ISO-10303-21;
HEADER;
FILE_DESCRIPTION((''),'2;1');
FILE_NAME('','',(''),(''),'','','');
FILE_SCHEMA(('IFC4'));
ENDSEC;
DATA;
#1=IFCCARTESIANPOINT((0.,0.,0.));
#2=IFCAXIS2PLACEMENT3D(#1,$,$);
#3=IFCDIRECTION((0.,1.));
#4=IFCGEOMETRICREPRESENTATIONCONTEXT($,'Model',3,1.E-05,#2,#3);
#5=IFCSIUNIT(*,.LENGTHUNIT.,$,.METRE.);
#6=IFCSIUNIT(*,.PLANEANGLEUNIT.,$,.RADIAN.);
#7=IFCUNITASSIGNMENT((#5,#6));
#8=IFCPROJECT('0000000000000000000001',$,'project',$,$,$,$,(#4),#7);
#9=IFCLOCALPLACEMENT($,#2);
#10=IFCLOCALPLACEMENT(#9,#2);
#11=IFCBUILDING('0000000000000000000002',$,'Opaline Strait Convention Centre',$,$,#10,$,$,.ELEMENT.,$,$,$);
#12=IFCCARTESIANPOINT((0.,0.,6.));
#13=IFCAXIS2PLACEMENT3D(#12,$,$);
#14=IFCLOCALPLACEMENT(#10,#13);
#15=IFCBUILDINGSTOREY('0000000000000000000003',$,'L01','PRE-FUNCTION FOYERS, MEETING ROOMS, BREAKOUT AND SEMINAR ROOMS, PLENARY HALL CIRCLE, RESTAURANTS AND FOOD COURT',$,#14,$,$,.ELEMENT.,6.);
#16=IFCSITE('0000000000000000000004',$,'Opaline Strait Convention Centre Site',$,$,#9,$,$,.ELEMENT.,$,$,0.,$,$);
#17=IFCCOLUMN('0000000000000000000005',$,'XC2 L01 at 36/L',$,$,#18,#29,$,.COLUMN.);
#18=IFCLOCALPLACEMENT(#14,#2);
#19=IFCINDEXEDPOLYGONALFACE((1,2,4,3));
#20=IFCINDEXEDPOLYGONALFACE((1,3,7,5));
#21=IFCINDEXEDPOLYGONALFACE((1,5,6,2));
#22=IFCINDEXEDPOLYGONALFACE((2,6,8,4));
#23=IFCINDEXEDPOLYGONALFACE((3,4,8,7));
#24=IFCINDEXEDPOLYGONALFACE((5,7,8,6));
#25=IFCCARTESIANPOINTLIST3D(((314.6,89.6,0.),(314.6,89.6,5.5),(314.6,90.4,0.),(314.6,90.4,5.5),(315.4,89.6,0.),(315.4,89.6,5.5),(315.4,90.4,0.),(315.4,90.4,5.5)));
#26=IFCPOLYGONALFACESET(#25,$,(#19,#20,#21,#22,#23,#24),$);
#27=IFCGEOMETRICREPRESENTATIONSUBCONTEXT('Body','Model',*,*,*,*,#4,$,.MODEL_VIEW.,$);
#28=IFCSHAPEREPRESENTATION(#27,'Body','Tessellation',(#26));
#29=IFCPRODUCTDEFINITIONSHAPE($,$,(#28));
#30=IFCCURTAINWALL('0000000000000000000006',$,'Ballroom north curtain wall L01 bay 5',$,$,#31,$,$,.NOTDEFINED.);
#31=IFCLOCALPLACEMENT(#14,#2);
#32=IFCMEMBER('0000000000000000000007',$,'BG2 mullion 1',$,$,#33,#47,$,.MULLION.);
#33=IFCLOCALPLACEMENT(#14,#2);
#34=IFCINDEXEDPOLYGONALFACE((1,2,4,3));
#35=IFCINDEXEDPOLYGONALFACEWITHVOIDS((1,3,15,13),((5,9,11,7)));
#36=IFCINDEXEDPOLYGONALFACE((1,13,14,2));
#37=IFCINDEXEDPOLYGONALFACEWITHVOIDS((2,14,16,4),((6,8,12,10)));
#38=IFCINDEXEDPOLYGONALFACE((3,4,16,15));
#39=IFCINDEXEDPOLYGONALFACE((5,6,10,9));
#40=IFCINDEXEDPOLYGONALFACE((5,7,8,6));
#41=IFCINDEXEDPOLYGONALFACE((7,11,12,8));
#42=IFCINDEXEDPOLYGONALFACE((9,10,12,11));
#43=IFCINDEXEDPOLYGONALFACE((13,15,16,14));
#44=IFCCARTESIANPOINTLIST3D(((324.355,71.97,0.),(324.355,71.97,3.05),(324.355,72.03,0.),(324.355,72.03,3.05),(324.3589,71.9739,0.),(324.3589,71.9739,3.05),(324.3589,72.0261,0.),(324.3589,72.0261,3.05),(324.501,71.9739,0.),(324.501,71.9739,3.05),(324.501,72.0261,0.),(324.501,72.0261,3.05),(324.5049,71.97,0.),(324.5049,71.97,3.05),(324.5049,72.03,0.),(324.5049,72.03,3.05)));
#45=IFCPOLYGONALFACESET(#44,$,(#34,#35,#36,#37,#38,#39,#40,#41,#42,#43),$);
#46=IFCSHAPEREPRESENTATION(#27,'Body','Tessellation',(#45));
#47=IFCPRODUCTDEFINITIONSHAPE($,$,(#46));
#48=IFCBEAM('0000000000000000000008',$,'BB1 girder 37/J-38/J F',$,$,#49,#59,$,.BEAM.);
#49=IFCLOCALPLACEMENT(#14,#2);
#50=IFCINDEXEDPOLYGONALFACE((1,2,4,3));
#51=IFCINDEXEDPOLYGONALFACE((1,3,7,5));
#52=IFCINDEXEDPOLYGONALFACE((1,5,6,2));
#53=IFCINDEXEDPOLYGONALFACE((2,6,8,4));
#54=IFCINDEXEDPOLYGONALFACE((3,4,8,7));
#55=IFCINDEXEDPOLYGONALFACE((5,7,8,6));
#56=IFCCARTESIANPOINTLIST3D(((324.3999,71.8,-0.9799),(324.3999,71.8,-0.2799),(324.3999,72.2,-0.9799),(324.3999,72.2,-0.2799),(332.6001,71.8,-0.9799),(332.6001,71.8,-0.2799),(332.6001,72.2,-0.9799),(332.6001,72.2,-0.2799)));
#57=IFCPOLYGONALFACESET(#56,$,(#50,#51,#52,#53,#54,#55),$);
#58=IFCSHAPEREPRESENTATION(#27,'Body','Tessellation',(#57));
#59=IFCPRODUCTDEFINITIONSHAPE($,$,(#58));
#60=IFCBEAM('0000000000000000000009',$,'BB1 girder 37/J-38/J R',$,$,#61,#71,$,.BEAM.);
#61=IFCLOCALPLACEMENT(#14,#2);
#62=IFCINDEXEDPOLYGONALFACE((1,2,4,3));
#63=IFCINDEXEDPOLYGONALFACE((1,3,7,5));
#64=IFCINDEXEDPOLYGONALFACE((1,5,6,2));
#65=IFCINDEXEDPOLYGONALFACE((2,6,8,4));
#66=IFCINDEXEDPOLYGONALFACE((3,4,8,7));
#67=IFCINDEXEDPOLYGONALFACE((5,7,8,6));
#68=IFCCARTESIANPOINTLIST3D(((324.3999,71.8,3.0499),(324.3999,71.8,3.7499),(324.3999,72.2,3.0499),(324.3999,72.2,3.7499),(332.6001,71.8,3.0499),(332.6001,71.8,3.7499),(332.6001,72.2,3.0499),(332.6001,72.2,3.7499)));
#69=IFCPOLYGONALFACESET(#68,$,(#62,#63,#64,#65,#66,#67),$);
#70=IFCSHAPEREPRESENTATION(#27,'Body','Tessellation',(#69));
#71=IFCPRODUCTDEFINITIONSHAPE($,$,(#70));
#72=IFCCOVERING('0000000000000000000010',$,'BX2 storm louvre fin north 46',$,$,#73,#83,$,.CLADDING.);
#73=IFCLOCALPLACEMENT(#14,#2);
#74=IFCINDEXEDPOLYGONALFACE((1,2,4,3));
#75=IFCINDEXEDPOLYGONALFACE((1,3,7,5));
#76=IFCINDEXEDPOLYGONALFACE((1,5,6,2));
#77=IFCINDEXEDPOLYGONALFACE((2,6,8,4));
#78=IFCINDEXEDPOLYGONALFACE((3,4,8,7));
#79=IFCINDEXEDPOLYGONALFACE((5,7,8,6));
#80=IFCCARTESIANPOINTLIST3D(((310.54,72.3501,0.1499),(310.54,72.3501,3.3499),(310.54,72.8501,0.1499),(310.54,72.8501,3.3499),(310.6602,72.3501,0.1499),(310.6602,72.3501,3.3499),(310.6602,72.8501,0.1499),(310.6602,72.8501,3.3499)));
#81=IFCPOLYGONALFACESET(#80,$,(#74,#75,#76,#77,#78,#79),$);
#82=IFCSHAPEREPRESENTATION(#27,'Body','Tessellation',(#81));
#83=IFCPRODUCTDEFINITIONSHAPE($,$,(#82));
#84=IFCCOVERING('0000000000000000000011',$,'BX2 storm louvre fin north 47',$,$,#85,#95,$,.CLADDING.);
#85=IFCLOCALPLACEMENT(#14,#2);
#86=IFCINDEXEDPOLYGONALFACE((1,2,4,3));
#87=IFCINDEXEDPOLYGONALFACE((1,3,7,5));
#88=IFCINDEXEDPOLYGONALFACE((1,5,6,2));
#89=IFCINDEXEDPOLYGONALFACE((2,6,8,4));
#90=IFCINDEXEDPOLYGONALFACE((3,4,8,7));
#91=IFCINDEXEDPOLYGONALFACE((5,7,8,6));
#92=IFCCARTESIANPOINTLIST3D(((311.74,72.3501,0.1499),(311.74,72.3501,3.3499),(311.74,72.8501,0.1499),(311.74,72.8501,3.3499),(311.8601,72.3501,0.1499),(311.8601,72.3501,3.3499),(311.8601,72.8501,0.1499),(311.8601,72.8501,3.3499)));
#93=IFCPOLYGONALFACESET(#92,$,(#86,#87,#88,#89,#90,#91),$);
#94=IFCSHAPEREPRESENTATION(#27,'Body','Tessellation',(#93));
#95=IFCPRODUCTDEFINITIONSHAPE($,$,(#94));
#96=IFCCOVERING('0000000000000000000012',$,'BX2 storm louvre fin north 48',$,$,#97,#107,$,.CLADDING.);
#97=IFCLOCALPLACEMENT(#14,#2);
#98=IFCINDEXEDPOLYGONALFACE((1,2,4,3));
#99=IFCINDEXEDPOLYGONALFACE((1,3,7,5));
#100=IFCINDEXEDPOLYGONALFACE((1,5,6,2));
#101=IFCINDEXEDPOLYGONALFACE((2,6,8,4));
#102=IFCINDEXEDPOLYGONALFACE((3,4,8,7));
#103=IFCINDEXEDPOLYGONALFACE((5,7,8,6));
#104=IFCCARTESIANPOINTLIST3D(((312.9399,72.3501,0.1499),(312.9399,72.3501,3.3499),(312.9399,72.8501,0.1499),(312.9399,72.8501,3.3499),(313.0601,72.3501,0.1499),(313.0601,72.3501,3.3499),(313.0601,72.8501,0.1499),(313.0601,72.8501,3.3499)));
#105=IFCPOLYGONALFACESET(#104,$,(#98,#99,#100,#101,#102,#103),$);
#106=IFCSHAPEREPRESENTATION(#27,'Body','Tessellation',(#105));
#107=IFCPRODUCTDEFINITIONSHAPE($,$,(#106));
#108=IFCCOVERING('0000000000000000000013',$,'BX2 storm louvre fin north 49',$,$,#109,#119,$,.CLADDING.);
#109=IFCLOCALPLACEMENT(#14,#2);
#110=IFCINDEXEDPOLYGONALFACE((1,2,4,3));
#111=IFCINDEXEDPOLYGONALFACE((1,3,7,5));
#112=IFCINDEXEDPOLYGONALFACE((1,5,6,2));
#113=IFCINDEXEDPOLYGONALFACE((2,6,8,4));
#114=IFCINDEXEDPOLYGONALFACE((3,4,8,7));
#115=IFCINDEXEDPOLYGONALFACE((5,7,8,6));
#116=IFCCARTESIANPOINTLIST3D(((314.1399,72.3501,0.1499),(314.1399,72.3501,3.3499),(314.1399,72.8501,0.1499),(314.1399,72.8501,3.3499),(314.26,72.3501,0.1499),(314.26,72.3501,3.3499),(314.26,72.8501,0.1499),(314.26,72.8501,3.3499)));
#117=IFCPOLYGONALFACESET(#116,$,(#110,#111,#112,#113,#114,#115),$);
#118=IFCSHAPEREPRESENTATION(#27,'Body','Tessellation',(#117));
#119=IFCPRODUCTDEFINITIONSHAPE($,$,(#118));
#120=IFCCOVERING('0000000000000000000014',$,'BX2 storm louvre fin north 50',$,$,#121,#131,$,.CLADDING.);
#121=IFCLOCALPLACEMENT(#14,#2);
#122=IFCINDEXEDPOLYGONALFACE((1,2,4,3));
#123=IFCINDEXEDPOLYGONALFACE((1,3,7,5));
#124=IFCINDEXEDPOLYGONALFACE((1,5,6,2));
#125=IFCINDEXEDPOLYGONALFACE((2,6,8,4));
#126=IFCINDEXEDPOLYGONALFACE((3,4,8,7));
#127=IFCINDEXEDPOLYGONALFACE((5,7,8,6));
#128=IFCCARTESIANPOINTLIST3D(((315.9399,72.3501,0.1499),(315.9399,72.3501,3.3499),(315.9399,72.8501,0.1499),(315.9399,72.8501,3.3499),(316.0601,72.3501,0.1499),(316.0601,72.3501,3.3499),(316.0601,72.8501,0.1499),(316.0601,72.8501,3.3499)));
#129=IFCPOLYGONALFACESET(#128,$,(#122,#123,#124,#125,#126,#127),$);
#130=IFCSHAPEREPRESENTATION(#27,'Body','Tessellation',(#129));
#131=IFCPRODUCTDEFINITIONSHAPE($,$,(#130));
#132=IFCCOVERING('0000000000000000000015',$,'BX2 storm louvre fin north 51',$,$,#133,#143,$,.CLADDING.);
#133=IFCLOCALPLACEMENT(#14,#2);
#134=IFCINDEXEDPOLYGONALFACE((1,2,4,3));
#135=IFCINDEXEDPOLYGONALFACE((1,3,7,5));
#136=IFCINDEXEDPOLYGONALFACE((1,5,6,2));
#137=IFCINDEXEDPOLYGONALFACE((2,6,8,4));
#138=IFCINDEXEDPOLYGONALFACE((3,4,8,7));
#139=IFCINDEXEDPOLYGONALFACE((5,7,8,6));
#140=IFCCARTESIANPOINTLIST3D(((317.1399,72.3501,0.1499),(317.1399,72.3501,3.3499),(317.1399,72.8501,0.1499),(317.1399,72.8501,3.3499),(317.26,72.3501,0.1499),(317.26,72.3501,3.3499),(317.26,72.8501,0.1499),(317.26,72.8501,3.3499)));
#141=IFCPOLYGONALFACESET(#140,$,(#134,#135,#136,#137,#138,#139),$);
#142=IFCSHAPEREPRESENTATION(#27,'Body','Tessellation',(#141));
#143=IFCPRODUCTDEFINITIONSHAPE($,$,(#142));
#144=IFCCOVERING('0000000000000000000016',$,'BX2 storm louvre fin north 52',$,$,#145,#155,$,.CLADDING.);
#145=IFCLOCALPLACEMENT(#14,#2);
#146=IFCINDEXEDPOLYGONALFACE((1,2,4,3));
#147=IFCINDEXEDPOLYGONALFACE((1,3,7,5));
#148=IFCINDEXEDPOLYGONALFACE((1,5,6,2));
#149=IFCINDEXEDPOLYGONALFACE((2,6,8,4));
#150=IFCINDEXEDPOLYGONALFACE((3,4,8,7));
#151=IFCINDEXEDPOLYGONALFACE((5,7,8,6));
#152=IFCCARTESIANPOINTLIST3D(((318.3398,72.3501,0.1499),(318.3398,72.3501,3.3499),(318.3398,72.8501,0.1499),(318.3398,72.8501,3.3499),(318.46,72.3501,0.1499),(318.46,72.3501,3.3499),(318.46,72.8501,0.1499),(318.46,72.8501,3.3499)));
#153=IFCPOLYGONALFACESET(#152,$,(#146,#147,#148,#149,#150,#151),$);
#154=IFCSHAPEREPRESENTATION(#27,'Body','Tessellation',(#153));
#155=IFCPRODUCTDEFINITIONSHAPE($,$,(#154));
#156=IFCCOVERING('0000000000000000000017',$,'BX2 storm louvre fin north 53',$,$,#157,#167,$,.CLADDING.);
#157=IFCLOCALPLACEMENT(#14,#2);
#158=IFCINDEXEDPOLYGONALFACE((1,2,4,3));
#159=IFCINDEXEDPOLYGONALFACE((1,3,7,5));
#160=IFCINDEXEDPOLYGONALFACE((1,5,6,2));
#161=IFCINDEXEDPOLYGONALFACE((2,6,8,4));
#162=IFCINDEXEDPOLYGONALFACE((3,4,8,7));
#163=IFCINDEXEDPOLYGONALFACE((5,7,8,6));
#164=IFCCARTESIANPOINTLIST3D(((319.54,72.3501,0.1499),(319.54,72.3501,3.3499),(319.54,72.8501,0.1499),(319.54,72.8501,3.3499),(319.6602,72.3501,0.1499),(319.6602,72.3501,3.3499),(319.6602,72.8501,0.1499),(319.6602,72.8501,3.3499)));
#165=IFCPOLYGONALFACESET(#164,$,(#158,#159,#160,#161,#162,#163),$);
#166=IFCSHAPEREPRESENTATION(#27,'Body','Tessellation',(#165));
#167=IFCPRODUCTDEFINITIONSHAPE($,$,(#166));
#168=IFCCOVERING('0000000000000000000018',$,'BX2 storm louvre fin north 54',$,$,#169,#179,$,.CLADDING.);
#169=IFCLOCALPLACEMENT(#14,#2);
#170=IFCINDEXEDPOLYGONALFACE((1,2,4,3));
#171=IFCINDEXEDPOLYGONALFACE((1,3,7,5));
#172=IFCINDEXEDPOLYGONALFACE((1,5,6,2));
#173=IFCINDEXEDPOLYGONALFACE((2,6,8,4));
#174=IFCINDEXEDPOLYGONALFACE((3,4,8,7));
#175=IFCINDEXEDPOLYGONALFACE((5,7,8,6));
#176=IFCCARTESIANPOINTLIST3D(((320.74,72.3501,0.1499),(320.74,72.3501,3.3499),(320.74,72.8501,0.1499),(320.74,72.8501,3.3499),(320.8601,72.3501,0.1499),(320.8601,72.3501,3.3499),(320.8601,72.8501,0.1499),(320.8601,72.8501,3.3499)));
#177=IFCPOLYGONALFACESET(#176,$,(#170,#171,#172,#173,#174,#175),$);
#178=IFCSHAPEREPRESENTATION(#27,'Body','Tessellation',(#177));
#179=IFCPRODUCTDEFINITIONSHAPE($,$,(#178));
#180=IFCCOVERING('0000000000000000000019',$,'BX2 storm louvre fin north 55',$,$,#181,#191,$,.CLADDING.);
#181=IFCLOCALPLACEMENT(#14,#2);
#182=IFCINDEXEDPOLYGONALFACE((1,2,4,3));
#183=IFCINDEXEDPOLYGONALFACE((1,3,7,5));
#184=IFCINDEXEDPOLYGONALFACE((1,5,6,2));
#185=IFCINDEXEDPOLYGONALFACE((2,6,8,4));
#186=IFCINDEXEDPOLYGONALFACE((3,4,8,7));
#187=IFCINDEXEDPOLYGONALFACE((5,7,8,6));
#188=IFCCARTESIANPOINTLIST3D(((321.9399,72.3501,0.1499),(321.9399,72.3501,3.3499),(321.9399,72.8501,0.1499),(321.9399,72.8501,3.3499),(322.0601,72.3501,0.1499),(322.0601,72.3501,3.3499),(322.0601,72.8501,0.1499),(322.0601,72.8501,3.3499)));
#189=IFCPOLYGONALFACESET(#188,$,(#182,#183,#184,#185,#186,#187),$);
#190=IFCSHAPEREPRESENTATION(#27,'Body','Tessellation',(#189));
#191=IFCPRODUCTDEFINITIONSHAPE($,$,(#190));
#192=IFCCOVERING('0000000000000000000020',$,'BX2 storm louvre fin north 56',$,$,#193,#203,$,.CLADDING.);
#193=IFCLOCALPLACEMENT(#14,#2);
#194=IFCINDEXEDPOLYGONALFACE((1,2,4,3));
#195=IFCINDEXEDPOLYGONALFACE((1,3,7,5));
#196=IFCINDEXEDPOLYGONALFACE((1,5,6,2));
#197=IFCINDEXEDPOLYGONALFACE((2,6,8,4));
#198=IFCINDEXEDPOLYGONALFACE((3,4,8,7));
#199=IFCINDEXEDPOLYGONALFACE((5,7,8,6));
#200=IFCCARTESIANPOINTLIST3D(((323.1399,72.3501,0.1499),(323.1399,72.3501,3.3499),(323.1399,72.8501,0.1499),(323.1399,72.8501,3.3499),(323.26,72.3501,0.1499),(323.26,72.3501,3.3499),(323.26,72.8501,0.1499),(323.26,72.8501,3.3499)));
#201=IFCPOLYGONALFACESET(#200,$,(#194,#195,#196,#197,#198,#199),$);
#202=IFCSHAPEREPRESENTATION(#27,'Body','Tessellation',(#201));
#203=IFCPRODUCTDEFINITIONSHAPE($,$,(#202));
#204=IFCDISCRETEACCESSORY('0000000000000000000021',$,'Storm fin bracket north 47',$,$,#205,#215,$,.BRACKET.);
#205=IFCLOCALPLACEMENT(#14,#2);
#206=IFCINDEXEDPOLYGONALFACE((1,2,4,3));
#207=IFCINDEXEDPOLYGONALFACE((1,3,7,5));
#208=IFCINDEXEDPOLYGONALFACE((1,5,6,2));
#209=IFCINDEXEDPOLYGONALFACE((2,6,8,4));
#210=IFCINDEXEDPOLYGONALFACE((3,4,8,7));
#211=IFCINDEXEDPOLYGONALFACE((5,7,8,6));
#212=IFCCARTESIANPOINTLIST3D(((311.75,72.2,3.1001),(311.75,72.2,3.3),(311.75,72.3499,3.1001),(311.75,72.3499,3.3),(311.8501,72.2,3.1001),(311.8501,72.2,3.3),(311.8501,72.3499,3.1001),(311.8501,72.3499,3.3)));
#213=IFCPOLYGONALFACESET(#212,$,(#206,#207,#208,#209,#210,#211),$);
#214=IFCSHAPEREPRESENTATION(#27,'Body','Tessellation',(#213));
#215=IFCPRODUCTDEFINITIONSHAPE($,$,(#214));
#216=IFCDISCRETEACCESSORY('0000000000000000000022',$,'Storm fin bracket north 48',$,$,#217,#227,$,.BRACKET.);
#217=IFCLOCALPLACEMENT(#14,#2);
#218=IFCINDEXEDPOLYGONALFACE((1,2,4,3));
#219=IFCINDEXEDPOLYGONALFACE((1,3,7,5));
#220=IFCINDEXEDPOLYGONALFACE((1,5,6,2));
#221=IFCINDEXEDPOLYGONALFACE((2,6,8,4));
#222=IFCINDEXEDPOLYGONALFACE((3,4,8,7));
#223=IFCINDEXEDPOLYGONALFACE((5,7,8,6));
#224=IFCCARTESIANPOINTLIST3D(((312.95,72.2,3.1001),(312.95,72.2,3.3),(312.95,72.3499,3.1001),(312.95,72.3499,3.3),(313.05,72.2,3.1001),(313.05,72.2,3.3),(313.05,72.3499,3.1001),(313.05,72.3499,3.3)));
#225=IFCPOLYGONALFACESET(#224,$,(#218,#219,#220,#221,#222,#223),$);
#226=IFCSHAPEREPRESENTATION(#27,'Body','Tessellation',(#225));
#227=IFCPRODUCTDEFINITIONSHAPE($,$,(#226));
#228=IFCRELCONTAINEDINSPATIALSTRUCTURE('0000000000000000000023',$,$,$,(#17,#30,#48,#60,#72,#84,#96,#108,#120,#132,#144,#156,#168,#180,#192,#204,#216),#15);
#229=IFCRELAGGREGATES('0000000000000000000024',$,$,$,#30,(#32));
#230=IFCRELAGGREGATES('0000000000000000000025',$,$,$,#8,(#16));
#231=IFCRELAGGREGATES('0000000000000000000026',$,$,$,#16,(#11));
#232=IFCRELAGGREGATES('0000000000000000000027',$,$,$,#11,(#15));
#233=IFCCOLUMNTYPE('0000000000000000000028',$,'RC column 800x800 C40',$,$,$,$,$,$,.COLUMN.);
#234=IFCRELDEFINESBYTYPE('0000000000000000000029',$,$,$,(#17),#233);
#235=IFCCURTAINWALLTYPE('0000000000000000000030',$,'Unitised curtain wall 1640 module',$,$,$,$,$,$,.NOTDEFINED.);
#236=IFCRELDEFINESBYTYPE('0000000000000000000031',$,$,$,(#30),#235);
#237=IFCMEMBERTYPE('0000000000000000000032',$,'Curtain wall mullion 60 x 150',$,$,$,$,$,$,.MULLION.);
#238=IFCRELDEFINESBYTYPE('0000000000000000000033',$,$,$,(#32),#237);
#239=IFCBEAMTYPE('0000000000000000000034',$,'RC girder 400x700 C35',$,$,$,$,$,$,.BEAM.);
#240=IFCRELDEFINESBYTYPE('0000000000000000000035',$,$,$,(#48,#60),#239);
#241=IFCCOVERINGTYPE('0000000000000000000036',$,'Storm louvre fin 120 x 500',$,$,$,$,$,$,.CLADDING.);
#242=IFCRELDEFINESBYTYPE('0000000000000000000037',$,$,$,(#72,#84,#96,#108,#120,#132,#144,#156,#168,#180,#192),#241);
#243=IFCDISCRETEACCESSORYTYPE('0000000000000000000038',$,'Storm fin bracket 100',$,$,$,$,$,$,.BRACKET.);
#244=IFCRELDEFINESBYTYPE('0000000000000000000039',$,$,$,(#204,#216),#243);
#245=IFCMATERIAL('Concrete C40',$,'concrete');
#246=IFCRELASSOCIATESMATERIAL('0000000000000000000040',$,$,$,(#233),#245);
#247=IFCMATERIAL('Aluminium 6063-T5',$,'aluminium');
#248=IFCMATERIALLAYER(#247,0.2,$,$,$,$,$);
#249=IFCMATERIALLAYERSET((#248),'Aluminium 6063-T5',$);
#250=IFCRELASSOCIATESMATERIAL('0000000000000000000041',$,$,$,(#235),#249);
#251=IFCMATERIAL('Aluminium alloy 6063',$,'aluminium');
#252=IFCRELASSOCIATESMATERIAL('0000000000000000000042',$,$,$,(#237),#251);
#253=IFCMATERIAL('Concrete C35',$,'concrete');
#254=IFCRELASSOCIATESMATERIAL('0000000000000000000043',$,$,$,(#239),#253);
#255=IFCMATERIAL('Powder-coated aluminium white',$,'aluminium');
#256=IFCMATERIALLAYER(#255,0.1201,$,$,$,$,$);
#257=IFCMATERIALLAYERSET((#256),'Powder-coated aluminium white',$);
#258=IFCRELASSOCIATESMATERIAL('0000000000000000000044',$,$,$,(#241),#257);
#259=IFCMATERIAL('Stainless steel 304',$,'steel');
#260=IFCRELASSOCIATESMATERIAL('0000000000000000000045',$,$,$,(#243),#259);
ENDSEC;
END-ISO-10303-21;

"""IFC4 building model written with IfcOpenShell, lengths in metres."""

from ifc_helpers import new_model, si_unit, direction, frame, origin, origin_2d, place, context, subcontext, project, spatial, rectangle, hollow_rectangle, extrude, material, layer, layer_set, material_profile, profile_set, type_object, element, aggregate, save


model = new_model("IFC4")

# Units and contexts
model_context = context("Model", 3, precision=1e-05, world=origin(), true_north=direction((0.0, 1.0)))
body_context = subcontext(model_context, "Body", "Model", "MODEL_VIEW")
ifc_project = project(units=[si_unit("LENGTHUNIT", "METRE"), si_unit("PLANEANGLEUNIT", "RADIAN")], contexts=[model_context])

# Site, building, storey
site_placement = place(None, origin())
site = spatial("IfcSite", under=ifc_project, at=site_placement, Name="Opaline Strait Convention Centre Site", CompositionType="ELEMENT", RefElevation=0.0)
building_placement = place(site_placement, origin())
building = spatial("IfcBuilding", under=site, at=building_placement, Name="Opaline Strait Convention Centre", CompositionType="ELEMENT")
storey_placement = place(building_placement, frame((0.0, 0.0, 6.0)))
storey = spatial("IfcBuildingStorey", under=building, at=storey_placement, Name="L01", Description="PRE-FUNCTION FOYERS, MEETING ROOMS, BREAKOUT AND SEMINAR ROOMS, PLENARY HALL CIRCLE, RESTAURANTS AND FOOD COURT", CompositionType="ELEMENT", Elevation=6.0)

# Column
ifc_material_1 = material(Name="Concrete C40", Category="concrete")
ifc_material_profile_1 = material_profile(ifc_material_1, rectangle(XDim=0.8, YDim=0.8, at=origin_2d()), Name="RC 800x800")
ifc_profile_set_1 = profile_set([ifc_material_profile_1], Name="Concrete C40")
column_type = type_object("IfcColumnType", Name="RC column 800x800 C40", PredefinedType="COLUMN", material=ifc_profile_set_1)
column_placement = place(storey_placement, frame((315.0, 90.0, 0.0), z_axis=(0.0, 0.0, 1.0), x_axis=(1.0, 0.0, 0.0)))
element("IfcColumn", 1, at=column_placement, inside=storey, type_object=column_type, Name="XC2 L01 at 36/L", PredefinedType="COLUMN", context=body_context, shape_type="SweptSolid", body=[
    extrude(rectangle(XDim=0.8, YDim=0.8, at=origin_2d()), origin(), (0.0, 0.0, 1.0), 5.5),
])

# Curtain wall, member
ifc_material_2 = material(Name="Aluminium 6063-T5", Category="aluminium")
ifc_layer_1 = layer(ifc_material_2, 0.2)
ifc_layer_set_1 = layer_set([ifc_layer_1], Name="Aluminium 6063-T5")
curtain_wall_type = type_object("IfcCurtainWallType", Name="Unitised curtain wall 1640 module", PredefinedType="NOTDEFINED", material=ifc_layer_set_1)
curtain_wall_placement = place(storey_placement, origin())
curtain_wall = element("IfcCurtainWall", 2, at=curtain_wall_placement, inside=storey, type_object=curtain_wall_type, Name="Ballroom north curtain wall L01 bay 5", PredefinedType="NOTDEFINED")
ifc_material_3 = material(Name="Aluminium alloy 6063", Category="aluminium")
ifc_material_profile_2 = material_profile(ifc_material_3, hollow_rectangle(XDim=0.0601, YDim=0.1499, WallThickness=0.0039, at=origin_2d()), Name="MULLION 60x150x4")
ifc_profile_set_2 = profile_set([ifc_material_profile_2], Name="Aluminium alloy 6063")
member_type = type_object("IfcMemberType", Name="Curtain wall mullion 60 x 150", PredefinedType="MULLION", material=ifc_profile_set_2)
member_placement = place(storey_placement, frame((324.4299, 72.0, 0.0), z_axis=(0.0, 0.0, 1.0), x_axis=(0.0, 1.0, 0.0)))
member = element("IfcMember", 3, at=member_placement, type_object=member_type, Name="BG2 mullion 1", PredefinedType="MULLION", context=body_context, shape_type="SweptSolid", body=[
    extrude(hollow_rectangle(XDim=0.0601, YDim=0.1499, WallThickness=0.0039, at=origin_2d()), origin(), (0.0, 0.0, 1.0), 3.05),
])
aggregate(curtain_wall, [member])

# Beams
ifc_material_4 = material(Name="Concrete C35", Category="concrete")
ifc_material_profile_3 = material_profile(ifc_material_4, rectangle(XDim=0.3999, YDim=0.7, at=origin_2d()), Name="RC 400x700")
ifc_profile_set_3 = profile_set([ifc_material_profile_3], Name="Concrete C35")
beam_type = type_object("IfcBeamType", Name="RC girder 400x700 C35", PredefinedType="BEAM", material=ifc_profile_set_3)
for number, where, z_axis, x_axis, name in (
    (4, (324.3999, 72.0, -0.6299), (1.0, 0.0, 0.0), (0.0, 1.0, 0.0), "BB1 girder 37/J-38/J F"),
    (5, (324.3999, 72.0, 3.3999), (1.0, 0.0, 0.0), (0.0, 1.0, 0.0), "BB1 girder 37/J-38/J R"),
):
    element("IfcBeam", number, at=place(storey_placement, frame(where, z_axis=z_axis, x_axis=x_axis)), inside=storey, type_object=beam_type, Name=name, PredefinedType="BEAM", context=body_context, shape_type="SweptSolid", body=[
        extrude(rectangle(XDim=0.3999, YDim=0.7, at=origin_2d()), origin(), (0.0, 0.0, 1.0), 8.2002),
    ])

# Coverings
ifc_material_5 = material(Name="Powder-coated aluminium white", Category="aluminium")
ifc_layer_2 = layer(ifc_material_5, 0.1201)
ifc_layer_set_2 = layer_set([ifc_layer_2], Name="Powder-coated aluminium white")
covering_type = type_object("IfcCoveringType", Name="Storm louvre fin 120 x 500", PredefinedType="CLADDING", material=ifc_layer_set_2)
for number, where, z_axis, x_axis, name in (
    (6, (310.6001, 72.6001, 0.1499), (0.0, 0.0, 1.0), (1.0, 0.0, 0.0), "BX2 storm louvre fin north 46"),
    (7, (311.8, 72.6001, 0.1499), (0.0, 0.0, 1.0), (1.0, 0.0, 0.0), "BX2 storm louvre fin north 47"),
    (8, (313.0, 72.6001, 0.1499), (0.0, 0.0, 1.0), (1.0, 0.0, 0.0), "BX2 storm louvre fin north 48"),
    (9, (314.2, 72.6001, 0.1499), (0.0, 0.0, 1.0), (1.0, 0.0, 0.0), "BX2 storm louvre fin north 49"),
    (10, (316.0, 72.6001, 0.1499), (0.0, 0.0, 1.0), (1.0, 0.0, 0.0), "BX2 storm louvre fin north 50"),
    (11, (317.2, 72.6001, 0.1499), (0.0, 0.0, 1.0), (1.0, 0.0, 0.0), "BX2 storm louvre fin north 51"),
    (12, (318.3999, 72.6001, 0.1499), (0.0, 0.0, 1.0), (1.0, 0.0, 0.0), "BX2 storm louvre fin north 52"),
    (13, (319.6001, 72.6001, 0.1499), (0.0, 0.0, 1.0), (1.0, 0.0, 0.0), "BX2 storm louvre fin north 53"),
    (14, (320.8, 72.6001, 0.1499), (0.0, 0.0, 1.0), (1.0, 0.0, 0.0), "BX2 storm louvre fin north 54"),
    (15, (322.0, 72.6001, 0.1499), (0.0, 0.0, 1.0), (1.0, 0.0, 0.0), "BX2 storm louvre fin north 55"),
    (16, (323.2, 72.6001, 0.1499), (0.0, 0.0, 1.0), (1.0, 0.0, 0.0), "BX2 storm louvre fin north 56"),
):
    element("IfcCovering", number, at=place(storey_placement, frame(where, z_axis=z_axis, x_axis=x_axis)), inside=storey, type_object=covering_type, Name=name, PredefinedType="CLADDING", context=body_context, shape_type="SweptSolid", body=[
        extrude(rectangle(XDim=0.1201, YDim=0.5, at=origin_2d()), origin(), (0.0, 0.0, 1.0), 3.2),
    ])

# Discrete accessories
ifc_material_6 = material(Name="Stainless steel 304", Category="steel")
discrete_accessory_type = type_object("IfcDiscreteAccessoryType", Name="Storm fin bracket 100", PredefinedType="BRACKET", material=ifc_material_6)
for number, where, z_axis, x_axis, name in (
    (17, (311.8, 72.2749, 3.1001), (0.0, 0.0, 1.0), (1.0, 0.0, 0.0), "Storm fin bracket north 47"),
    (18, (313.0, 72.2749, 3.1001), (0.0, 0.0, 1.0), (1.0, 0.0, 0.0), "Storm fin bracket north 48"),
):
    element("IfcDiscreteAccessory", number, at=place(storey_placement, frame(where, z_axis=z_axis, x_axis=x_axis)), inside=storey, type_object=discrete_accessory_type, Name=name, PredefinedType="BRACKET", context=body_context, shape_type="SweptSolid", body=[
        extrude(rectangle(XDim=0.1001, YDim=0.1499, at=origin_2d()), origin(), (0.0, 0.0, 1.0), 0.2),
    ])

save(model, "model.ifc")
